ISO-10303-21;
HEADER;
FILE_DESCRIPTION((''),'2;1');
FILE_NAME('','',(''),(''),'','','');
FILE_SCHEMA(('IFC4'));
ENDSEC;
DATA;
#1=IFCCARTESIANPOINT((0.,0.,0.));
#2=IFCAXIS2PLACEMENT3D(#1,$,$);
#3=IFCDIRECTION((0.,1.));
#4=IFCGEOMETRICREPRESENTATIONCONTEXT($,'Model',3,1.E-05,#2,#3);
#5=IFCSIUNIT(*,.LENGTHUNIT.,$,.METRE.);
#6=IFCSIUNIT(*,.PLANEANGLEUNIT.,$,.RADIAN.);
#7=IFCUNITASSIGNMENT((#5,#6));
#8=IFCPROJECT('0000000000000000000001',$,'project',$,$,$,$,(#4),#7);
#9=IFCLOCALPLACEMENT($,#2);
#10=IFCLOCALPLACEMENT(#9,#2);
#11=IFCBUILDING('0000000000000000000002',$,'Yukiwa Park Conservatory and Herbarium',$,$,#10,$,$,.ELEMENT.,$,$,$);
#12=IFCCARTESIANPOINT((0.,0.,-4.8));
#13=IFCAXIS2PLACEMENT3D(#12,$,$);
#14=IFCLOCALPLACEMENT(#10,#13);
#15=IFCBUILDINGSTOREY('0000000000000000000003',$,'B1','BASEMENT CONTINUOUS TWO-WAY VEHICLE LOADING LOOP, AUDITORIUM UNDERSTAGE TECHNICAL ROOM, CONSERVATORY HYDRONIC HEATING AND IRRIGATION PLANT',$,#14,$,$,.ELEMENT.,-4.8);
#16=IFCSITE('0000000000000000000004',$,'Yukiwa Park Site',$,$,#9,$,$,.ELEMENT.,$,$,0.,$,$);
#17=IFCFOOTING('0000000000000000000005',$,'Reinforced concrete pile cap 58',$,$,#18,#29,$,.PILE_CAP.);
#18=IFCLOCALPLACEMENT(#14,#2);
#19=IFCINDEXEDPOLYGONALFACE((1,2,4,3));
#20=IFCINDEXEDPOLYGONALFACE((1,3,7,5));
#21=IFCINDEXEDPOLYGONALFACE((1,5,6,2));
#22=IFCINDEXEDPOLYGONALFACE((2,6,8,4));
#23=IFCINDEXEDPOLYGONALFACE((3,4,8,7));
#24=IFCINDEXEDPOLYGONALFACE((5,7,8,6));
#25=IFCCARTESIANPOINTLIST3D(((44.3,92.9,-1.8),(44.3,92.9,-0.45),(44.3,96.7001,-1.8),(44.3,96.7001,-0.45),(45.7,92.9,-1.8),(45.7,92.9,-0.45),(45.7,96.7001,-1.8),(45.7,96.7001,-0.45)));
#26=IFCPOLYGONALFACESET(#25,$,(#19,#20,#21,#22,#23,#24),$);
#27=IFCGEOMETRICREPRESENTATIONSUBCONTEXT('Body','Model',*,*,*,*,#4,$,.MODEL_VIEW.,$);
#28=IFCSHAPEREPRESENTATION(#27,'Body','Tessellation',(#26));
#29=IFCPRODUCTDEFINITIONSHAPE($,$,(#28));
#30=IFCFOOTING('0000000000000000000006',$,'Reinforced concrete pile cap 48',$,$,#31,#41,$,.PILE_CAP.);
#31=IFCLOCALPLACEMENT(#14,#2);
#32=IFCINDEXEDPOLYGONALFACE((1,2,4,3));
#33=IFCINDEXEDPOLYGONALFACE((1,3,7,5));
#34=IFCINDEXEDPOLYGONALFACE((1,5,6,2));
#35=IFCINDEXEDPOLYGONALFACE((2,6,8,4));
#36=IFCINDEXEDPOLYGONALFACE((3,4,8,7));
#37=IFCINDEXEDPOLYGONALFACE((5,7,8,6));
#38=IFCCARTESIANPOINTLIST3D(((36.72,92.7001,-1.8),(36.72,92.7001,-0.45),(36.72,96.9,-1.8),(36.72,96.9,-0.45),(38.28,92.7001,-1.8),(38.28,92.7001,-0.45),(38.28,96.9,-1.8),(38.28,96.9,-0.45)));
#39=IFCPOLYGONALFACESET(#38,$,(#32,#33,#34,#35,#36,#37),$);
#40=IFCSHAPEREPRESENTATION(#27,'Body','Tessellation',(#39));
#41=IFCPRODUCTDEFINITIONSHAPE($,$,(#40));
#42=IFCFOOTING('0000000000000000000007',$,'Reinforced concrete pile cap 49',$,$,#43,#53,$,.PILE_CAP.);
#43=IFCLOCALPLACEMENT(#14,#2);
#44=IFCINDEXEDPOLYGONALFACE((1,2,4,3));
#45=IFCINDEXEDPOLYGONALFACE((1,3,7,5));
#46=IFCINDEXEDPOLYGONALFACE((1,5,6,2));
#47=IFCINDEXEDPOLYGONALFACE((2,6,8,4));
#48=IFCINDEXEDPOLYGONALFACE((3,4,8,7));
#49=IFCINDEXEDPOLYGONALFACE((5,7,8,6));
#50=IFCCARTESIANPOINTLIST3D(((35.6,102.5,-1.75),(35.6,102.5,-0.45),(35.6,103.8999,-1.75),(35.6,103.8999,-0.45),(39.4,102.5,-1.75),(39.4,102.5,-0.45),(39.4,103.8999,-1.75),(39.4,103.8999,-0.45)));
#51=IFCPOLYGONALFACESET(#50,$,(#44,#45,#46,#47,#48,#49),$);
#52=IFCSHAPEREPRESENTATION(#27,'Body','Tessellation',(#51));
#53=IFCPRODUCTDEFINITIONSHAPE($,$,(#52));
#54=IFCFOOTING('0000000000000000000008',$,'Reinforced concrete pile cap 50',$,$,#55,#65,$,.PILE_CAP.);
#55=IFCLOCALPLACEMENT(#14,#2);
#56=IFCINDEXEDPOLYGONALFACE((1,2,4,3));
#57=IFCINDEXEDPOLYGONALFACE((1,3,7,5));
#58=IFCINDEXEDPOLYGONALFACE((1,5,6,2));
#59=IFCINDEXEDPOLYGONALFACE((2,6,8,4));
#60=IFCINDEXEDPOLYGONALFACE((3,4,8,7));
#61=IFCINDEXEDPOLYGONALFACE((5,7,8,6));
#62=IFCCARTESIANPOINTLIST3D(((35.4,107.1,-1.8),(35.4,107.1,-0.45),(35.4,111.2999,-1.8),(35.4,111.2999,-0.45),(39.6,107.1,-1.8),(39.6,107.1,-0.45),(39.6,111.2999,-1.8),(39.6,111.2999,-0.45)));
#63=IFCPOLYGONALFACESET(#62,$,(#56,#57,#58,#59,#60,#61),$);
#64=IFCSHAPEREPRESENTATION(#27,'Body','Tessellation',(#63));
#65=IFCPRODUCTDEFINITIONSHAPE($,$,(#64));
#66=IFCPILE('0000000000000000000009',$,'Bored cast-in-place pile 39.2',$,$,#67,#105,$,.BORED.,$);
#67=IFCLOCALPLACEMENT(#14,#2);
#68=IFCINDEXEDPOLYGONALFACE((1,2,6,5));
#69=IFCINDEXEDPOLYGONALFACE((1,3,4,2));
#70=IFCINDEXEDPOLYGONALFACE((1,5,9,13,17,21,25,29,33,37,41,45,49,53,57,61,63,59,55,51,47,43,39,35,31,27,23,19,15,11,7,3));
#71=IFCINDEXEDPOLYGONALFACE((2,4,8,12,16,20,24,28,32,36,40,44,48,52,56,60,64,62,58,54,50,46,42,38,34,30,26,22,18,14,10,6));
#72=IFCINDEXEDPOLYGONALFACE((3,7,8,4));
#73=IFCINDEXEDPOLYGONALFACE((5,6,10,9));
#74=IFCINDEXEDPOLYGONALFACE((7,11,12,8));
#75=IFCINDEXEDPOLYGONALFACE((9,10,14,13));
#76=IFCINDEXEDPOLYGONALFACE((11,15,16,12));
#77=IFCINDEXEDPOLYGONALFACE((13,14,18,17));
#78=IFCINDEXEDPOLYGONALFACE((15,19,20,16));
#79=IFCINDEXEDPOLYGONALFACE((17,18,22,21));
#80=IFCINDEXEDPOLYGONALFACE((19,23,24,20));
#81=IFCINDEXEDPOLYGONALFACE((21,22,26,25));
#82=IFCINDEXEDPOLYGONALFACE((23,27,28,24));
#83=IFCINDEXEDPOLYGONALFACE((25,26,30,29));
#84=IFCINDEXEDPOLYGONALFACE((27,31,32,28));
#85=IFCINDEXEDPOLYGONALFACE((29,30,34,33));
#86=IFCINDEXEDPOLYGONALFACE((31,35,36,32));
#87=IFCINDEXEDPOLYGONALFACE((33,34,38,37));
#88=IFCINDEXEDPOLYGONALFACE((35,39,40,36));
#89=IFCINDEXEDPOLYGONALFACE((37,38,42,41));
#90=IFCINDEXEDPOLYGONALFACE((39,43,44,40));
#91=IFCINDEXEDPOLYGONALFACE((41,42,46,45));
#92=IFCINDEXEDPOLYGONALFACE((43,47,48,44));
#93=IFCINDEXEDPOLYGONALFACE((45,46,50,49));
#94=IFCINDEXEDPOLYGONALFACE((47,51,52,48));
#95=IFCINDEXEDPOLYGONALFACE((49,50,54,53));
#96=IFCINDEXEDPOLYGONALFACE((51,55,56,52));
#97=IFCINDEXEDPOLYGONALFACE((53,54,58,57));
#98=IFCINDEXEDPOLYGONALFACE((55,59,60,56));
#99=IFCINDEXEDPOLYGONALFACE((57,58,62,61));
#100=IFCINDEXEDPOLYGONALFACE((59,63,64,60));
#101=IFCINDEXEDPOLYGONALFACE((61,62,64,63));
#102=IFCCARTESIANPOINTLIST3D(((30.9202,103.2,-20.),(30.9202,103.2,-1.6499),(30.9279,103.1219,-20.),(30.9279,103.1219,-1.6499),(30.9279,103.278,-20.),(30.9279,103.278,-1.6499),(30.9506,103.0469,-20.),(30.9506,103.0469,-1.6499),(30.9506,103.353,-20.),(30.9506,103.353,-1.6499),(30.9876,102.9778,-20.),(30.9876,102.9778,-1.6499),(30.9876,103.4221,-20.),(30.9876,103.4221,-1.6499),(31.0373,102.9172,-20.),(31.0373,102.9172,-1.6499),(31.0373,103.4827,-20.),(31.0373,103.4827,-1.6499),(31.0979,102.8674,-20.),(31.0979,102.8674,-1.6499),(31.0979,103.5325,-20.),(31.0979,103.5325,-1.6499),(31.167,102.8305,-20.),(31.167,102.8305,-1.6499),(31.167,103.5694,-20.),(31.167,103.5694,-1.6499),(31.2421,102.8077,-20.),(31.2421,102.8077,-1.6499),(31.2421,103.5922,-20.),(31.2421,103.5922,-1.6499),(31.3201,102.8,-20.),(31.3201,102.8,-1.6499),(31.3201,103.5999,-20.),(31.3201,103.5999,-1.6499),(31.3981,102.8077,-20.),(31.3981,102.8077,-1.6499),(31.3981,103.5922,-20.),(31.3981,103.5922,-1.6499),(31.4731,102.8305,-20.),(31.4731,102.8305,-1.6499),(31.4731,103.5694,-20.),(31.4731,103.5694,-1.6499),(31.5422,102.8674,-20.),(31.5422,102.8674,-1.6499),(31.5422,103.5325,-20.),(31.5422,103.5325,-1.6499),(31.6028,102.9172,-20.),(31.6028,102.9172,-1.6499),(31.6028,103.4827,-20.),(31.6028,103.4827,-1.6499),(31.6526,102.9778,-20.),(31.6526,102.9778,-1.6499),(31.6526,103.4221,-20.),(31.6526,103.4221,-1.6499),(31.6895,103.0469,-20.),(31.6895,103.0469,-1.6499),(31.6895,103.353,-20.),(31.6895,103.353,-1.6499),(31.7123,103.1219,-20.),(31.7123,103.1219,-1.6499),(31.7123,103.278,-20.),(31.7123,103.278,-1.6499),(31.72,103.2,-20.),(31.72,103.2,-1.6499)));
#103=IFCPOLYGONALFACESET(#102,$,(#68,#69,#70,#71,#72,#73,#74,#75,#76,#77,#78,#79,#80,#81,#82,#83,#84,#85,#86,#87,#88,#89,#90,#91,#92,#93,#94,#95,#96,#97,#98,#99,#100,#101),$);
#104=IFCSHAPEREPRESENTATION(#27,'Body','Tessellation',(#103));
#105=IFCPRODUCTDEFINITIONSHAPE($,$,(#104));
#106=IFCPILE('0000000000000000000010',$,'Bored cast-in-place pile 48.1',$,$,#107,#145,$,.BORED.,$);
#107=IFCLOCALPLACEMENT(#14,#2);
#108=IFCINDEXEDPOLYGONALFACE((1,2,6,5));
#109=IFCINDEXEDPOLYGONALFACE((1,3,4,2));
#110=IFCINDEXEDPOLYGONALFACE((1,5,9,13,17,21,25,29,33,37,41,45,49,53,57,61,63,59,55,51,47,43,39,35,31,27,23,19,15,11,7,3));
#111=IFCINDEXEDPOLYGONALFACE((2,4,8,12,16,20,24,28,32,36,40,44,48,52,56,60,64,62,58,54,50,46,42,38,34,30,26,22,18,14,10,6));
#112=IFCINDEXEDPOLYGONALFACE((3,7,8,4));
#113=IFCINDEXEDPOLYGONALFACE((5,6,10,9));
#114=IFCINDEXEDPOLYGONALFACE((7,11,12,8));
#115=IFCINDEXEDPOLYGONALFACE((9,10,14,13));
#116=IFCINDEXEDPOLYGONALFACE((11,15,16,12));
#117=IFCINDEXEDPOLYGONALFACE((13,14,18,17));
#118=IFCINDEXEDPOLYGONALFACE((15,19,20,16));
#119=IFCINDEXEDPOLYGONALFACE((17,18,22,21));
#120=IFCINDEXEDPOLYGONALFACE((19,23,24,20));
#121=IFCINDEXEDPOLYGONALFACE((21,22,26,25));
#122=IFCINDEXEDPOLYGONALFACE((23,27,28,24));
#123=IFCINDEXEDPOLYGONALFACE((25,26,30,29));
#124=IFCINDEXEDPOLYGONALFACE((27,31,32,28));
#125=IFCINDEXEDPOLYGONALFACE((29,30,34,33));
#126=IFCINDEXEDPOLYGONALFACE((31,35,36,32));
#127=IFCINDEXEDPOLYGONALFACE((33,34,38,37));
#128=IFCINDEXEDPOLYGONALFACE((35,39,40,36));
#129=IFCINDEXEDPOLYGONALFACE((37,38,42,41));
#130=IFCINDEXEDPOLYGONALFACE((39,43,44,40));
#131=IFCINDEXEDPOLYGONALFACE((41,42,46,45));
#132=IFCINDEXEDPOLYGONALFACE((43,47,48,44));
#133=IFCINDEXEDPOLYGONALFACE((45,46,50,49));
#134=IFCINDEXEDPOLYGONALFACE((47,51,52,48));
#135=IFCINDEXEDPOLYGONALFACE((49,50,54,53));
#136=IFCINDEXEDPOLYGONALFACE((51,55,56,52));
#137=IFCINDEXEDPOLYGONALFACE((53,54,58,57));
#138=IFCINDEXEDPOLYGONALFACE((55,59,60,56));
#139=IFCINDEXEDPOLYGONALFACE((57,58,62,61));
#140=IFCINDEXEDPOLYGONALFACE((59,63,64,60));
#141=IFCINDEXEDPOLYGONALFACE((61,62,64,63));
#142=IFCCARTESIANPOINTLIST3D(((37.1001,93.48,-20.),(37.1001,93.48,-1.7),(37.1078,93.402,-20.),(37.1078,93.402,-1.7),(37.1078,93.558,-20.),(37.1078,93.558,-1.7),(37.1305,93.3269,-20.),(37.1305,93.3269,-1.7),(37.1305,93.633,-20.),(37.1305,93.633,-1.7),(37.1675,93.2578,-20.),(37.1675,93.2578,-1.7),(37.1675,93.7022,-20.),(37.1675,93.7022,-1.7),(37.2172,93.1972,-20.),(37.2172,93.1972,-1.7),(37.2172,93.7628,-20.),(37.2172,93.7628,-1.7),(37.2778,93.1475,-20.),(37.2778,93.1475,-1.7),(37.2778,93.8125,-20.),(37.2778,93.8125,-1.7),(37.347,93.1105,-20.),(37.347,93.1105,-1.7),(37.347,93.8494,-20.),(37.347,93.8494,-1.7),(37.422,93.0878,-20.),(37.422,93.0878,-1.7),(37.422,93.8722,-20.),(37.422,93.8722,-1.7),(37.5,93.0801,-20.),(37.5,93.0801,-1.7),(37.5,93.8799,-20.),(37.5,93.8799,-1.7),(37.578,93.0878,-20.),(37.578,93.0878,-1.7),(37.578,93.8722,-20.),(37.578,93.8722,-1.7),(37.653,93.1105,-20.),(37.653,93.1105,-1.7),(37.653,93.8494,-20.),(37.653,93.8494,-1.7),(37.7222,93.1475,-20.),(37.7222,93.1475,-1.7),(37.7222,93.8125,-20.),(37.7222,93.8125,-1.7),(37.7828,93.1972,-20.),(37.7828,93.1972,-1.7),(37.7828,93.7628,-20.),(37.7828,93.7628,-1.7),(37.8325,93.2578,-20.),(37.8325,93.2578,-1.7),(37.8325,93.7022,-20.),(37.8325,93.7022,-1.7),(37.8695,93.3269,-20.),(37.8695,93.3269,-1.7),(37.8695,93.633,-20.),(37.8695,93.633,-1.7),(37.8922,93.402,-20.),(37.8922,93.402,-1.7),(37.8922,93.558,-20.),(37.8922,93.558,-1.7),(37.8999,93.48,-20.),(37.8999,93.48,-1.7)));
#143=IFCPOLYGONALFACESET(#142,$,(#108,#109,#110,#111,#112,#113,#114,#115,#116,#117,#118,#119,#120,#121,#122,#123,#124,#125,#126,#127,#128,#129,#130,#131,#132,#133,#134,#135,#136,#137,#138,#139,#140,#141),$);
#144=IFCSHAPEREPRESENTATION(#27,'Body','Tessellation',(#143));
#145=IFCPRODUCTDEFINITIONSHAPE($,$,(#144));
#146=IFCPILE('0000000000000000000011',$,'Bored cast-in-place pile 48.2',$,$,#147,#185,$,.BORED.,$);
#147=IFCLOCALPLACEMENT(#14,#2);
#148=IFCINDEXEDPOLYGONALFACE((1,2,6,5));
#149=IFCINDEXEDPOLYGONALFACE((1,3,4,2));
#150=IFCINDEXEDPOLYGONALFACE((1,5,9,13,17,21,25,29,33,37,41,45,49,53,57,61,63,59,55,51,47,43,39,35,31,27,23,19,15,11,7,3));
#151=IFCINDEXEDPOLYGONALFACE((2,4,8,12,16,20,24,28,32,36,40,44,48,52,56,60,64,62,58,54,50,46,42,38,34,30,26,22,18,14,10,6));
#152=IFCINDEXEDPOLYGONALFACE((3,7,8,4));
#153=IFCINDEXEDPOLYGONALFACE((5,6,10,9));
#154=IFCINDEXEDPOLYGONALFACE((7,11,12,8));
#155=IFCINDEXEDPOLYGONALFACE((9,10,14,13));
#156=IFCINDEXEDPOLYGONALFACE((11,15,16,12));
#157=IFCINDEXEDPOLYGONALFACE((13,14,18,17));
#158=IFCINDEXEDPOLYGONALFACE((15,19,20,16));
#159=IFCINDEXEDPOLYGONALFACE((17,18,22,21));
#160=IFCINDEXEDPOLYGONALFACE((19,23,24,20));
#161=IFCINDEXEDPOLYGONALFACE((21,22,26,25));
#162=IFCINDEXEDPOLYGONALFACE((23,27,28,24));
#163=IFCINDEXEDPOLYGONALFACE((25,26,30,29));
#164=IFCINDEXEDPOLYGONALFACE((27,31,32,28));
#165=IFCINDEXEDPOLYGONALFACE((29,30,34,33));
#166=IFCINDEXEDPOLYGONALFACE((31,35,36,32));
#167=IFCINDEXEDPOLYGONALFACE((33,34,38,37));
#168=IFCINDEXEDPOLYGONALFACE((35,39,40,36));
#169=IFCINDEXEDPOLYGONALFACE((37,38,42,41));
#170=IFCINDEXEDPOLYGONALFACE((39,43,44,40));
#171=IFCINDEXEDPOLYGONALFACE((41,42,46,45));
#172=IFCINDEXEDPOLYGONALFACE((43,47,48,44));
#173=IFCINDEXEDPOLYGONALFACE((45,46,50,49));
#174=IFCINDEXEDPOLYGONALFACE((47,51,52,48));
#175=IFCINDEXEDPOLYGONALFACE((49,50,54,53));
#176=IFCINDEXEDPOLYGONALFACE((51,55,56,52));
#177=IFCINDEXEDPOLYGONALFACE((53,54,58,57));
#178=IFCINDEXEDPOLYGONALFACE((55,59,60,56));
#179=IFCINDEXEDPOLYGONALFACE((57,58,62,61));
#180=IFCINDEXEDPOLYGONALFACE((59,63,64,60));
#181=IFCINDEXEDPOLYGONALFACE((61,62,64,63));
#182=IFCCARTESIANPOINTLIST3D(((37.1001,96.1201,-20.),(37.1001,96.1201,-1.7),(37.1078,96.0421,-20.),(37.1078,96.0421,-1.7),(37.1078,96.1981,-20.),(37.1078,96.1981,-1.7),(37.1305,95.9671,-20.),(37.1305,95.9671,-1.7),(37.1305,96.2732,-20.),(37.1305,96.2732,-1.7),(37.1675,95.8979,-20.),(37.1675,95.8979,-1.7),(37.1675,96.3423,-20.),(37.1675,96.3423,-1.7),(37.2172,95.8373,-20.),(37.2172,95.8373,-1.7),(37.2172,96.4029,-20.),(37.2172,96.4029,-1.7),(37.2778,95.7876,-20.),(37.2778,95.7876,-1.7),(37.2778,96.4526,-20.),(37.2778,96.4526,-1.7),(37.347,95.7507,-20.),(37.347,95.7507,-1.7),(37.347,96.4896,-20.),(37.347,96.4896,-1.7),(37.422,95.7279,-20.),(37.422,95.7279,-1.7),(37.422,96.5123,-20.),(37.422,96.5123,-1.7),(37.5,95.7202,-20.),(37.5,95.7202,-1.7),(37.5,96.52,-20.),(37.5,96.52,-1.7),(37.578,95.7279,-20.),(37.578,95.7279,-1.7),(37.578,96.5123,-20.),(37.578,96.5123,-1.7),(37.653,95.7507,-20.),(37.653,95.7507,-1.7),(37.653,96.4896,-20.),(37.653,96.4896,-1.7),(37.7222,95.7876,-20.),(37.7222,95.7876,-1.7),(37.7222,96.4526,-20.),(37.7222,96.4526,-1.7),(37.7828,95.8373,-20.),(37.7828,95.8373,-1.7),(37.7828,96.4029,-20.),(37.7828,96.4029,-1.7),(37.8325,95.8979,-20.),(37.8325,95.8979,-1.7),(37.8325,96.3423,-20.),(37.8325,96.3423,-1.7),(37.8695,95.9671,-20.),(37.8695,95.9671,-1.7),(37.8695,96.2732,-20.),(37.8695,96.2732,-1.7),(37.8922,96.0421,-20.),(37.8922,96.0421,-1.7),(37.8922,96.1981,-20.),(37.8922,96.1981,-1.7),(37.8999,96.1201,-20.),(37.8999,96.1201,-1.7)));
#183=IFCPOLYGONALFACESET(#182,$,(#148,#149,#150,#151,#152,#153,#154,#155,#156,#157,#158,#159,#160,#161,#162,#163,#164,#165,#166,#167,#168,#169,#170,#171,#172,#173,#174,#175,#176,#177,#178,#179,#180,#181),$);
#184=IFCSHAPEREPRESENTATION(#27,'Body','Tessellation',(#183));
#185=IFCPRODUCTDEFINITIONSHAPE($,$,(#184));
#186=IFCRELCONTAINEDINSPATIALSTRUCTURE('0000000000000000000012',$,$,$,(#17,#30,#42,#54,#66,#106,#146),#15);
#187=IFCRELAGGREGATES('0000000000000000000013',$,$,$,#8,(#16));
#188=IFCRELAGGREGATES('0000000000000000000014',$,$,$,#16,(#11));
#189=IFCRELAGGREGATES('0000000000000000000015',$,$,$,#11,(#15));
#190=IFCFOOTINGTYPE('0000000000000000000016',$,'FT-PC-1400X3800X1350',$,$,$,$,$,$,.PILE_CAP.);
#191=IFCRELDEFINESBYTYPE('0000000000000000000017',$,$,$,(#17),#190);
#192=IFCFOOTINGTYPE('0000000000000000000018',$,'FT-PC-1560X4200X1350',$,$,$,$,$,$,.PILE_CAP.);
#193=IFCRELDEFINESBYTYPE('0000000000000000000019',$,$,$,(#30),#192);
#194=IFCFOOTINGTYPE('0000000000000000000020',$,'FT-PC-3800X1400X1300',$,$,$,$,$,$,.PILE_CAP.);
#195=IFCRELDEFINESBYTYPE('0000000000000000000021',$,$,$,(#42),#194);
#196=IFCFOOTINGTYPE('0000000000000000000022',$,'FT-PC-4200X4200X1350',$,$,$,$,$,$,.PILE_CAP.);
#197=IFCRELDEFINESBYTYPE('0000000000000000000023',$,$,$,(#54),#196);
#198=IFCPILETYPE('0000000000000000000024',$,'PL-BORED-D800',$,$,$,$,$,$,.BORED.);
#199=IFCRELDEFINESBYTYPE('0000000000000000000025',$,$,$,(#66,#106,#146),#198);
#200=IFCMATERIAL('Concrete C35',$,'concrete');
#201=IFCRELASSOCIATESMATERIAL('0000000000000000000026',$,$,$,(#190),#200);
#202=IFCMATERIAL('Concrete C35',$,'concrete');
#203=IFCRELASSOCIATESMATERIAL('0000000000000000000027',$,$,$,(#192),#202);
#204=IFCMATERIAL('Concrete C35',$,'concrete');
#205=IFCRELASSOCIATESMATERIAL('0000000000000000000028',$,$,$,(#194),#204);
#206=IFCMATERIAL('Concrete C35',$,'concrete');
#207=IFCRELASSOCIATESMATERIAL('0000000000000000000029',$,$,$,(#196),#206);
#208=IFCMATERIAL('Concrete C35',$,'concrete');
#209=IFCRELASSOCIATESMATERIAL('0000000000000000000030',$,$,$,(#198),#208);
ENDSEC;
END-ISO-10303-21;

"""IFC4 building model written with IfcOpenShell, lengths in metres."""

from ifc_helpers import new_model, si_unit, direction, frame, origin, origin_2d, place, context, subcontext, project, spatial, rectangle, circle, extrude, material, material_profile, profile_set, type_object, element, save


model = new_model("IFC4")

# Units and contexts
model_context = context("Model", 3, precision=1e-05, world=origin(), true_north=direction((0.0, 1.0)))
body_context = subcontext(model_context, "Body", "Model", "MODEL_VIEW")
ifc_project = project(units=[si_unit("LENGTHUNIT", "METRE"), si_unit("PLANEANGLEUNIT", "RADIAN")], contexts=[model_context])

# Site, building, storey
site_placement = place(None, origin())
site = spatial("IfcSite", under=ifc_project, at=site_placement, Name="Yukiwa Park Site", CompositionType="ELEMENT", RefElevation=0.0)
building_placement = place(site_placement, origin())
building = spatial("IfcBuilding", under=site, at=building_placement, Name="Yukiwa Park Conservatory and Herbarium", CompositionType="ELEMENT")
storey_placement = place(building_placement, frame((0.0, 0.0, -4.8)))
storey = spatial("IfcBuildingStorey", under=building, at=storey_placement, Name="B1", Description="BASEMENT CONTINUOUS TWO-WAY VEHICLE LOADING LOOP, AUDITORIUM UNDERSTAGE TECHNICAL ROOM, CONSERVATORY HYDRONIC HEATING AND IRRIGATION PLANT", CompositionType="ELEMENT", Elevation=-4.8)

# Footings
ifc_material_1 = material(Name="Concrete C35", Category="concrete")
footing_type_1 = type_object("IfcFootingType", Name="FT-PC-1400X3800X1350", PredefinedType="PILE_CAP", material=ifc_material_1)
footing_1_placement = place(storey_placement, frame((45.0, 94.8, -1.8), z_axis=(0.0, 0.0, 1.0), x_axis=(1.0, 0.0, 0.0)))
element("IfcFooting", 1, at=footing_1_placement, inside=storey, type_object=footing_type_1, Name="Reinforced concrete pile cap 58", PredefinedType="PILE_CAP", context=body_context, shape_type="SweptSolid", body=[
    extrude(rectangle(XDim=1.3999, YDim=3.8, at=origin_2d()), origin(), (0.0, 0.0, 1.0), 1.3501),
])
ifc_material_2 = material(Name="Concrete C35", Category="concrete")
footing_type_2 = type_object("IfcFootingType", Name="FT-PC-1560X4200X1350", PredefinedType="PILE_CAP", material=ifc_material_2)
footing_2_placement = place(storey_placement, frame((37.5, 94.8, -1.8), z_axis=(0.0, 0.0, 1.0), x_axis=(1.0, 0.0, 0.0)))
element("IfcFooting", 2, at=footing_2_placement, inside=storey, type_object=footing_type_2, Name="Reinforced concrete pile cap 48", PredefinedType="PILE_CAP", context=body_context, shape_type="SweptSolid", body=[
    extrude(rectangle(XDim=1.5601, YDim=4.2, at=origin_2d()), origin(), (0.0, 0.0, 1.0), 1.3501),
])
ifc_material_3 = material(Name="Concrete C35", Category="concrete")
footing_type_3 = type_object("IfcFootingType", Name="FT-PC-3800X1400X1300", PredefinedType="PILE_CAP", material=ifc_material_3)
footing_3_placement = place(storey_placement, frame((37.5, 103.2, -1.75), z_axis=(0.0, 0.0, 1.0), x_axis=(1.0, 0.0, 0.0)))
element("IfcFooting", 3, at=footing_3_placement, inside=storey, type_object=footing_type_3, Name="Reinforced concrete pile cap 49", PredefinedType="PILE_CAP", context=body_context, shape_type="SweptSolid", body=[
    extrude(rectangle(XDim=3.8, YDim=1.3999, at=origin_2d()), origin(), (0.0, 0.0, 1.0), 1.3),
])
ifc_material_4 = material(Name="Concrete C35", Category="concrete")
footing_type_4 = type_object("IfcFootingType", Name="FT-PC-4200X4200X1350", PredefinedType="PILE_CAP", material=ifc_material_4)
footing_4_placement = place(storey_placement, frame((37.5, 109.2, -1.8), z_axis=(0.0, 0.0, 1.0), x_axis=(1.0, 0.0, 0.0)))
element("IfcFooting", 4, at=footing_4_placement, inside=storey, type_object=footing_type_4, Name="Reinforced concrete pile cap 50", PredefinedType="PILE_CAP", context=body_context, shape_type="SweptSolid", body=[
    extrude(rectangle(XDim=4.2, YDim=4.2, at=origin_2d()), origin(), (0.0, 0.0, 1.0), 1.3501),
])

# Piles
ifc_material_5 = material(Name="Concrete C35", Category="concrete")
ifc_material_profile_1 = material_profile(ifc_material_5, circle(Radius=0.3999, at=origin_2d()), Name="PILE D800")
ifc_profile_set_1 = profile_set([ifc_material_profile_1], Name="Concrete C35")
pile_type_1 = type_object("IfcPileType", Name="PL-BORED-D800", PredefinedType="BORED", material=ifc_profile_set_1)
pile_1_placement = place(storey_placement, frame((31.3201, 103.2, -1.6499), z_axis=(0.0, 0.0, -1.0), x_axis=(1.0, 0.0, 0.0)))
element("IfcPile", 5, at=pile_1_placement, inside=storey, type_object=pile_type_1, Name="Bored cast-in-place pile 39.2", PredefinedType="BORED", context=body_context, shape_type="SweptSolid", body=[
    extrude(circle(Radius=0.3999, at=origin_2d()), origin(), (0.0, 0.0, 1.0), 18.3501),
])
for number, where, z_axis, x_axis, name in (
    (6, (37.5, 93.48, -1.7), (0.0, 0.0, -1.0), (1.0, 0.0, 0.0), "Bored cast-in-place pile 48.1"),
    (7, (37.5, 96.1201, -1.7), (0.0, 0.0, -1.0), (1.0, 0.0, 0.0), "Bored cast-in-place pile 48.2"),
):
    element("IfcPile", number, at=place(storey_placement, frame(where, z_axis=z_axis, x_axis=x_axis)), inside=storey, type_object=pile_type_1, Name=name, PredefinedType="BORED", context=body_context, shape_type="SweptSolid", body=[
        extrude(circle(Radius=0.3999, at=origin_2d()), origin(), (0.0, 0.0, 1.0), 18.3),
    ])

save(model, "model.ifc")
